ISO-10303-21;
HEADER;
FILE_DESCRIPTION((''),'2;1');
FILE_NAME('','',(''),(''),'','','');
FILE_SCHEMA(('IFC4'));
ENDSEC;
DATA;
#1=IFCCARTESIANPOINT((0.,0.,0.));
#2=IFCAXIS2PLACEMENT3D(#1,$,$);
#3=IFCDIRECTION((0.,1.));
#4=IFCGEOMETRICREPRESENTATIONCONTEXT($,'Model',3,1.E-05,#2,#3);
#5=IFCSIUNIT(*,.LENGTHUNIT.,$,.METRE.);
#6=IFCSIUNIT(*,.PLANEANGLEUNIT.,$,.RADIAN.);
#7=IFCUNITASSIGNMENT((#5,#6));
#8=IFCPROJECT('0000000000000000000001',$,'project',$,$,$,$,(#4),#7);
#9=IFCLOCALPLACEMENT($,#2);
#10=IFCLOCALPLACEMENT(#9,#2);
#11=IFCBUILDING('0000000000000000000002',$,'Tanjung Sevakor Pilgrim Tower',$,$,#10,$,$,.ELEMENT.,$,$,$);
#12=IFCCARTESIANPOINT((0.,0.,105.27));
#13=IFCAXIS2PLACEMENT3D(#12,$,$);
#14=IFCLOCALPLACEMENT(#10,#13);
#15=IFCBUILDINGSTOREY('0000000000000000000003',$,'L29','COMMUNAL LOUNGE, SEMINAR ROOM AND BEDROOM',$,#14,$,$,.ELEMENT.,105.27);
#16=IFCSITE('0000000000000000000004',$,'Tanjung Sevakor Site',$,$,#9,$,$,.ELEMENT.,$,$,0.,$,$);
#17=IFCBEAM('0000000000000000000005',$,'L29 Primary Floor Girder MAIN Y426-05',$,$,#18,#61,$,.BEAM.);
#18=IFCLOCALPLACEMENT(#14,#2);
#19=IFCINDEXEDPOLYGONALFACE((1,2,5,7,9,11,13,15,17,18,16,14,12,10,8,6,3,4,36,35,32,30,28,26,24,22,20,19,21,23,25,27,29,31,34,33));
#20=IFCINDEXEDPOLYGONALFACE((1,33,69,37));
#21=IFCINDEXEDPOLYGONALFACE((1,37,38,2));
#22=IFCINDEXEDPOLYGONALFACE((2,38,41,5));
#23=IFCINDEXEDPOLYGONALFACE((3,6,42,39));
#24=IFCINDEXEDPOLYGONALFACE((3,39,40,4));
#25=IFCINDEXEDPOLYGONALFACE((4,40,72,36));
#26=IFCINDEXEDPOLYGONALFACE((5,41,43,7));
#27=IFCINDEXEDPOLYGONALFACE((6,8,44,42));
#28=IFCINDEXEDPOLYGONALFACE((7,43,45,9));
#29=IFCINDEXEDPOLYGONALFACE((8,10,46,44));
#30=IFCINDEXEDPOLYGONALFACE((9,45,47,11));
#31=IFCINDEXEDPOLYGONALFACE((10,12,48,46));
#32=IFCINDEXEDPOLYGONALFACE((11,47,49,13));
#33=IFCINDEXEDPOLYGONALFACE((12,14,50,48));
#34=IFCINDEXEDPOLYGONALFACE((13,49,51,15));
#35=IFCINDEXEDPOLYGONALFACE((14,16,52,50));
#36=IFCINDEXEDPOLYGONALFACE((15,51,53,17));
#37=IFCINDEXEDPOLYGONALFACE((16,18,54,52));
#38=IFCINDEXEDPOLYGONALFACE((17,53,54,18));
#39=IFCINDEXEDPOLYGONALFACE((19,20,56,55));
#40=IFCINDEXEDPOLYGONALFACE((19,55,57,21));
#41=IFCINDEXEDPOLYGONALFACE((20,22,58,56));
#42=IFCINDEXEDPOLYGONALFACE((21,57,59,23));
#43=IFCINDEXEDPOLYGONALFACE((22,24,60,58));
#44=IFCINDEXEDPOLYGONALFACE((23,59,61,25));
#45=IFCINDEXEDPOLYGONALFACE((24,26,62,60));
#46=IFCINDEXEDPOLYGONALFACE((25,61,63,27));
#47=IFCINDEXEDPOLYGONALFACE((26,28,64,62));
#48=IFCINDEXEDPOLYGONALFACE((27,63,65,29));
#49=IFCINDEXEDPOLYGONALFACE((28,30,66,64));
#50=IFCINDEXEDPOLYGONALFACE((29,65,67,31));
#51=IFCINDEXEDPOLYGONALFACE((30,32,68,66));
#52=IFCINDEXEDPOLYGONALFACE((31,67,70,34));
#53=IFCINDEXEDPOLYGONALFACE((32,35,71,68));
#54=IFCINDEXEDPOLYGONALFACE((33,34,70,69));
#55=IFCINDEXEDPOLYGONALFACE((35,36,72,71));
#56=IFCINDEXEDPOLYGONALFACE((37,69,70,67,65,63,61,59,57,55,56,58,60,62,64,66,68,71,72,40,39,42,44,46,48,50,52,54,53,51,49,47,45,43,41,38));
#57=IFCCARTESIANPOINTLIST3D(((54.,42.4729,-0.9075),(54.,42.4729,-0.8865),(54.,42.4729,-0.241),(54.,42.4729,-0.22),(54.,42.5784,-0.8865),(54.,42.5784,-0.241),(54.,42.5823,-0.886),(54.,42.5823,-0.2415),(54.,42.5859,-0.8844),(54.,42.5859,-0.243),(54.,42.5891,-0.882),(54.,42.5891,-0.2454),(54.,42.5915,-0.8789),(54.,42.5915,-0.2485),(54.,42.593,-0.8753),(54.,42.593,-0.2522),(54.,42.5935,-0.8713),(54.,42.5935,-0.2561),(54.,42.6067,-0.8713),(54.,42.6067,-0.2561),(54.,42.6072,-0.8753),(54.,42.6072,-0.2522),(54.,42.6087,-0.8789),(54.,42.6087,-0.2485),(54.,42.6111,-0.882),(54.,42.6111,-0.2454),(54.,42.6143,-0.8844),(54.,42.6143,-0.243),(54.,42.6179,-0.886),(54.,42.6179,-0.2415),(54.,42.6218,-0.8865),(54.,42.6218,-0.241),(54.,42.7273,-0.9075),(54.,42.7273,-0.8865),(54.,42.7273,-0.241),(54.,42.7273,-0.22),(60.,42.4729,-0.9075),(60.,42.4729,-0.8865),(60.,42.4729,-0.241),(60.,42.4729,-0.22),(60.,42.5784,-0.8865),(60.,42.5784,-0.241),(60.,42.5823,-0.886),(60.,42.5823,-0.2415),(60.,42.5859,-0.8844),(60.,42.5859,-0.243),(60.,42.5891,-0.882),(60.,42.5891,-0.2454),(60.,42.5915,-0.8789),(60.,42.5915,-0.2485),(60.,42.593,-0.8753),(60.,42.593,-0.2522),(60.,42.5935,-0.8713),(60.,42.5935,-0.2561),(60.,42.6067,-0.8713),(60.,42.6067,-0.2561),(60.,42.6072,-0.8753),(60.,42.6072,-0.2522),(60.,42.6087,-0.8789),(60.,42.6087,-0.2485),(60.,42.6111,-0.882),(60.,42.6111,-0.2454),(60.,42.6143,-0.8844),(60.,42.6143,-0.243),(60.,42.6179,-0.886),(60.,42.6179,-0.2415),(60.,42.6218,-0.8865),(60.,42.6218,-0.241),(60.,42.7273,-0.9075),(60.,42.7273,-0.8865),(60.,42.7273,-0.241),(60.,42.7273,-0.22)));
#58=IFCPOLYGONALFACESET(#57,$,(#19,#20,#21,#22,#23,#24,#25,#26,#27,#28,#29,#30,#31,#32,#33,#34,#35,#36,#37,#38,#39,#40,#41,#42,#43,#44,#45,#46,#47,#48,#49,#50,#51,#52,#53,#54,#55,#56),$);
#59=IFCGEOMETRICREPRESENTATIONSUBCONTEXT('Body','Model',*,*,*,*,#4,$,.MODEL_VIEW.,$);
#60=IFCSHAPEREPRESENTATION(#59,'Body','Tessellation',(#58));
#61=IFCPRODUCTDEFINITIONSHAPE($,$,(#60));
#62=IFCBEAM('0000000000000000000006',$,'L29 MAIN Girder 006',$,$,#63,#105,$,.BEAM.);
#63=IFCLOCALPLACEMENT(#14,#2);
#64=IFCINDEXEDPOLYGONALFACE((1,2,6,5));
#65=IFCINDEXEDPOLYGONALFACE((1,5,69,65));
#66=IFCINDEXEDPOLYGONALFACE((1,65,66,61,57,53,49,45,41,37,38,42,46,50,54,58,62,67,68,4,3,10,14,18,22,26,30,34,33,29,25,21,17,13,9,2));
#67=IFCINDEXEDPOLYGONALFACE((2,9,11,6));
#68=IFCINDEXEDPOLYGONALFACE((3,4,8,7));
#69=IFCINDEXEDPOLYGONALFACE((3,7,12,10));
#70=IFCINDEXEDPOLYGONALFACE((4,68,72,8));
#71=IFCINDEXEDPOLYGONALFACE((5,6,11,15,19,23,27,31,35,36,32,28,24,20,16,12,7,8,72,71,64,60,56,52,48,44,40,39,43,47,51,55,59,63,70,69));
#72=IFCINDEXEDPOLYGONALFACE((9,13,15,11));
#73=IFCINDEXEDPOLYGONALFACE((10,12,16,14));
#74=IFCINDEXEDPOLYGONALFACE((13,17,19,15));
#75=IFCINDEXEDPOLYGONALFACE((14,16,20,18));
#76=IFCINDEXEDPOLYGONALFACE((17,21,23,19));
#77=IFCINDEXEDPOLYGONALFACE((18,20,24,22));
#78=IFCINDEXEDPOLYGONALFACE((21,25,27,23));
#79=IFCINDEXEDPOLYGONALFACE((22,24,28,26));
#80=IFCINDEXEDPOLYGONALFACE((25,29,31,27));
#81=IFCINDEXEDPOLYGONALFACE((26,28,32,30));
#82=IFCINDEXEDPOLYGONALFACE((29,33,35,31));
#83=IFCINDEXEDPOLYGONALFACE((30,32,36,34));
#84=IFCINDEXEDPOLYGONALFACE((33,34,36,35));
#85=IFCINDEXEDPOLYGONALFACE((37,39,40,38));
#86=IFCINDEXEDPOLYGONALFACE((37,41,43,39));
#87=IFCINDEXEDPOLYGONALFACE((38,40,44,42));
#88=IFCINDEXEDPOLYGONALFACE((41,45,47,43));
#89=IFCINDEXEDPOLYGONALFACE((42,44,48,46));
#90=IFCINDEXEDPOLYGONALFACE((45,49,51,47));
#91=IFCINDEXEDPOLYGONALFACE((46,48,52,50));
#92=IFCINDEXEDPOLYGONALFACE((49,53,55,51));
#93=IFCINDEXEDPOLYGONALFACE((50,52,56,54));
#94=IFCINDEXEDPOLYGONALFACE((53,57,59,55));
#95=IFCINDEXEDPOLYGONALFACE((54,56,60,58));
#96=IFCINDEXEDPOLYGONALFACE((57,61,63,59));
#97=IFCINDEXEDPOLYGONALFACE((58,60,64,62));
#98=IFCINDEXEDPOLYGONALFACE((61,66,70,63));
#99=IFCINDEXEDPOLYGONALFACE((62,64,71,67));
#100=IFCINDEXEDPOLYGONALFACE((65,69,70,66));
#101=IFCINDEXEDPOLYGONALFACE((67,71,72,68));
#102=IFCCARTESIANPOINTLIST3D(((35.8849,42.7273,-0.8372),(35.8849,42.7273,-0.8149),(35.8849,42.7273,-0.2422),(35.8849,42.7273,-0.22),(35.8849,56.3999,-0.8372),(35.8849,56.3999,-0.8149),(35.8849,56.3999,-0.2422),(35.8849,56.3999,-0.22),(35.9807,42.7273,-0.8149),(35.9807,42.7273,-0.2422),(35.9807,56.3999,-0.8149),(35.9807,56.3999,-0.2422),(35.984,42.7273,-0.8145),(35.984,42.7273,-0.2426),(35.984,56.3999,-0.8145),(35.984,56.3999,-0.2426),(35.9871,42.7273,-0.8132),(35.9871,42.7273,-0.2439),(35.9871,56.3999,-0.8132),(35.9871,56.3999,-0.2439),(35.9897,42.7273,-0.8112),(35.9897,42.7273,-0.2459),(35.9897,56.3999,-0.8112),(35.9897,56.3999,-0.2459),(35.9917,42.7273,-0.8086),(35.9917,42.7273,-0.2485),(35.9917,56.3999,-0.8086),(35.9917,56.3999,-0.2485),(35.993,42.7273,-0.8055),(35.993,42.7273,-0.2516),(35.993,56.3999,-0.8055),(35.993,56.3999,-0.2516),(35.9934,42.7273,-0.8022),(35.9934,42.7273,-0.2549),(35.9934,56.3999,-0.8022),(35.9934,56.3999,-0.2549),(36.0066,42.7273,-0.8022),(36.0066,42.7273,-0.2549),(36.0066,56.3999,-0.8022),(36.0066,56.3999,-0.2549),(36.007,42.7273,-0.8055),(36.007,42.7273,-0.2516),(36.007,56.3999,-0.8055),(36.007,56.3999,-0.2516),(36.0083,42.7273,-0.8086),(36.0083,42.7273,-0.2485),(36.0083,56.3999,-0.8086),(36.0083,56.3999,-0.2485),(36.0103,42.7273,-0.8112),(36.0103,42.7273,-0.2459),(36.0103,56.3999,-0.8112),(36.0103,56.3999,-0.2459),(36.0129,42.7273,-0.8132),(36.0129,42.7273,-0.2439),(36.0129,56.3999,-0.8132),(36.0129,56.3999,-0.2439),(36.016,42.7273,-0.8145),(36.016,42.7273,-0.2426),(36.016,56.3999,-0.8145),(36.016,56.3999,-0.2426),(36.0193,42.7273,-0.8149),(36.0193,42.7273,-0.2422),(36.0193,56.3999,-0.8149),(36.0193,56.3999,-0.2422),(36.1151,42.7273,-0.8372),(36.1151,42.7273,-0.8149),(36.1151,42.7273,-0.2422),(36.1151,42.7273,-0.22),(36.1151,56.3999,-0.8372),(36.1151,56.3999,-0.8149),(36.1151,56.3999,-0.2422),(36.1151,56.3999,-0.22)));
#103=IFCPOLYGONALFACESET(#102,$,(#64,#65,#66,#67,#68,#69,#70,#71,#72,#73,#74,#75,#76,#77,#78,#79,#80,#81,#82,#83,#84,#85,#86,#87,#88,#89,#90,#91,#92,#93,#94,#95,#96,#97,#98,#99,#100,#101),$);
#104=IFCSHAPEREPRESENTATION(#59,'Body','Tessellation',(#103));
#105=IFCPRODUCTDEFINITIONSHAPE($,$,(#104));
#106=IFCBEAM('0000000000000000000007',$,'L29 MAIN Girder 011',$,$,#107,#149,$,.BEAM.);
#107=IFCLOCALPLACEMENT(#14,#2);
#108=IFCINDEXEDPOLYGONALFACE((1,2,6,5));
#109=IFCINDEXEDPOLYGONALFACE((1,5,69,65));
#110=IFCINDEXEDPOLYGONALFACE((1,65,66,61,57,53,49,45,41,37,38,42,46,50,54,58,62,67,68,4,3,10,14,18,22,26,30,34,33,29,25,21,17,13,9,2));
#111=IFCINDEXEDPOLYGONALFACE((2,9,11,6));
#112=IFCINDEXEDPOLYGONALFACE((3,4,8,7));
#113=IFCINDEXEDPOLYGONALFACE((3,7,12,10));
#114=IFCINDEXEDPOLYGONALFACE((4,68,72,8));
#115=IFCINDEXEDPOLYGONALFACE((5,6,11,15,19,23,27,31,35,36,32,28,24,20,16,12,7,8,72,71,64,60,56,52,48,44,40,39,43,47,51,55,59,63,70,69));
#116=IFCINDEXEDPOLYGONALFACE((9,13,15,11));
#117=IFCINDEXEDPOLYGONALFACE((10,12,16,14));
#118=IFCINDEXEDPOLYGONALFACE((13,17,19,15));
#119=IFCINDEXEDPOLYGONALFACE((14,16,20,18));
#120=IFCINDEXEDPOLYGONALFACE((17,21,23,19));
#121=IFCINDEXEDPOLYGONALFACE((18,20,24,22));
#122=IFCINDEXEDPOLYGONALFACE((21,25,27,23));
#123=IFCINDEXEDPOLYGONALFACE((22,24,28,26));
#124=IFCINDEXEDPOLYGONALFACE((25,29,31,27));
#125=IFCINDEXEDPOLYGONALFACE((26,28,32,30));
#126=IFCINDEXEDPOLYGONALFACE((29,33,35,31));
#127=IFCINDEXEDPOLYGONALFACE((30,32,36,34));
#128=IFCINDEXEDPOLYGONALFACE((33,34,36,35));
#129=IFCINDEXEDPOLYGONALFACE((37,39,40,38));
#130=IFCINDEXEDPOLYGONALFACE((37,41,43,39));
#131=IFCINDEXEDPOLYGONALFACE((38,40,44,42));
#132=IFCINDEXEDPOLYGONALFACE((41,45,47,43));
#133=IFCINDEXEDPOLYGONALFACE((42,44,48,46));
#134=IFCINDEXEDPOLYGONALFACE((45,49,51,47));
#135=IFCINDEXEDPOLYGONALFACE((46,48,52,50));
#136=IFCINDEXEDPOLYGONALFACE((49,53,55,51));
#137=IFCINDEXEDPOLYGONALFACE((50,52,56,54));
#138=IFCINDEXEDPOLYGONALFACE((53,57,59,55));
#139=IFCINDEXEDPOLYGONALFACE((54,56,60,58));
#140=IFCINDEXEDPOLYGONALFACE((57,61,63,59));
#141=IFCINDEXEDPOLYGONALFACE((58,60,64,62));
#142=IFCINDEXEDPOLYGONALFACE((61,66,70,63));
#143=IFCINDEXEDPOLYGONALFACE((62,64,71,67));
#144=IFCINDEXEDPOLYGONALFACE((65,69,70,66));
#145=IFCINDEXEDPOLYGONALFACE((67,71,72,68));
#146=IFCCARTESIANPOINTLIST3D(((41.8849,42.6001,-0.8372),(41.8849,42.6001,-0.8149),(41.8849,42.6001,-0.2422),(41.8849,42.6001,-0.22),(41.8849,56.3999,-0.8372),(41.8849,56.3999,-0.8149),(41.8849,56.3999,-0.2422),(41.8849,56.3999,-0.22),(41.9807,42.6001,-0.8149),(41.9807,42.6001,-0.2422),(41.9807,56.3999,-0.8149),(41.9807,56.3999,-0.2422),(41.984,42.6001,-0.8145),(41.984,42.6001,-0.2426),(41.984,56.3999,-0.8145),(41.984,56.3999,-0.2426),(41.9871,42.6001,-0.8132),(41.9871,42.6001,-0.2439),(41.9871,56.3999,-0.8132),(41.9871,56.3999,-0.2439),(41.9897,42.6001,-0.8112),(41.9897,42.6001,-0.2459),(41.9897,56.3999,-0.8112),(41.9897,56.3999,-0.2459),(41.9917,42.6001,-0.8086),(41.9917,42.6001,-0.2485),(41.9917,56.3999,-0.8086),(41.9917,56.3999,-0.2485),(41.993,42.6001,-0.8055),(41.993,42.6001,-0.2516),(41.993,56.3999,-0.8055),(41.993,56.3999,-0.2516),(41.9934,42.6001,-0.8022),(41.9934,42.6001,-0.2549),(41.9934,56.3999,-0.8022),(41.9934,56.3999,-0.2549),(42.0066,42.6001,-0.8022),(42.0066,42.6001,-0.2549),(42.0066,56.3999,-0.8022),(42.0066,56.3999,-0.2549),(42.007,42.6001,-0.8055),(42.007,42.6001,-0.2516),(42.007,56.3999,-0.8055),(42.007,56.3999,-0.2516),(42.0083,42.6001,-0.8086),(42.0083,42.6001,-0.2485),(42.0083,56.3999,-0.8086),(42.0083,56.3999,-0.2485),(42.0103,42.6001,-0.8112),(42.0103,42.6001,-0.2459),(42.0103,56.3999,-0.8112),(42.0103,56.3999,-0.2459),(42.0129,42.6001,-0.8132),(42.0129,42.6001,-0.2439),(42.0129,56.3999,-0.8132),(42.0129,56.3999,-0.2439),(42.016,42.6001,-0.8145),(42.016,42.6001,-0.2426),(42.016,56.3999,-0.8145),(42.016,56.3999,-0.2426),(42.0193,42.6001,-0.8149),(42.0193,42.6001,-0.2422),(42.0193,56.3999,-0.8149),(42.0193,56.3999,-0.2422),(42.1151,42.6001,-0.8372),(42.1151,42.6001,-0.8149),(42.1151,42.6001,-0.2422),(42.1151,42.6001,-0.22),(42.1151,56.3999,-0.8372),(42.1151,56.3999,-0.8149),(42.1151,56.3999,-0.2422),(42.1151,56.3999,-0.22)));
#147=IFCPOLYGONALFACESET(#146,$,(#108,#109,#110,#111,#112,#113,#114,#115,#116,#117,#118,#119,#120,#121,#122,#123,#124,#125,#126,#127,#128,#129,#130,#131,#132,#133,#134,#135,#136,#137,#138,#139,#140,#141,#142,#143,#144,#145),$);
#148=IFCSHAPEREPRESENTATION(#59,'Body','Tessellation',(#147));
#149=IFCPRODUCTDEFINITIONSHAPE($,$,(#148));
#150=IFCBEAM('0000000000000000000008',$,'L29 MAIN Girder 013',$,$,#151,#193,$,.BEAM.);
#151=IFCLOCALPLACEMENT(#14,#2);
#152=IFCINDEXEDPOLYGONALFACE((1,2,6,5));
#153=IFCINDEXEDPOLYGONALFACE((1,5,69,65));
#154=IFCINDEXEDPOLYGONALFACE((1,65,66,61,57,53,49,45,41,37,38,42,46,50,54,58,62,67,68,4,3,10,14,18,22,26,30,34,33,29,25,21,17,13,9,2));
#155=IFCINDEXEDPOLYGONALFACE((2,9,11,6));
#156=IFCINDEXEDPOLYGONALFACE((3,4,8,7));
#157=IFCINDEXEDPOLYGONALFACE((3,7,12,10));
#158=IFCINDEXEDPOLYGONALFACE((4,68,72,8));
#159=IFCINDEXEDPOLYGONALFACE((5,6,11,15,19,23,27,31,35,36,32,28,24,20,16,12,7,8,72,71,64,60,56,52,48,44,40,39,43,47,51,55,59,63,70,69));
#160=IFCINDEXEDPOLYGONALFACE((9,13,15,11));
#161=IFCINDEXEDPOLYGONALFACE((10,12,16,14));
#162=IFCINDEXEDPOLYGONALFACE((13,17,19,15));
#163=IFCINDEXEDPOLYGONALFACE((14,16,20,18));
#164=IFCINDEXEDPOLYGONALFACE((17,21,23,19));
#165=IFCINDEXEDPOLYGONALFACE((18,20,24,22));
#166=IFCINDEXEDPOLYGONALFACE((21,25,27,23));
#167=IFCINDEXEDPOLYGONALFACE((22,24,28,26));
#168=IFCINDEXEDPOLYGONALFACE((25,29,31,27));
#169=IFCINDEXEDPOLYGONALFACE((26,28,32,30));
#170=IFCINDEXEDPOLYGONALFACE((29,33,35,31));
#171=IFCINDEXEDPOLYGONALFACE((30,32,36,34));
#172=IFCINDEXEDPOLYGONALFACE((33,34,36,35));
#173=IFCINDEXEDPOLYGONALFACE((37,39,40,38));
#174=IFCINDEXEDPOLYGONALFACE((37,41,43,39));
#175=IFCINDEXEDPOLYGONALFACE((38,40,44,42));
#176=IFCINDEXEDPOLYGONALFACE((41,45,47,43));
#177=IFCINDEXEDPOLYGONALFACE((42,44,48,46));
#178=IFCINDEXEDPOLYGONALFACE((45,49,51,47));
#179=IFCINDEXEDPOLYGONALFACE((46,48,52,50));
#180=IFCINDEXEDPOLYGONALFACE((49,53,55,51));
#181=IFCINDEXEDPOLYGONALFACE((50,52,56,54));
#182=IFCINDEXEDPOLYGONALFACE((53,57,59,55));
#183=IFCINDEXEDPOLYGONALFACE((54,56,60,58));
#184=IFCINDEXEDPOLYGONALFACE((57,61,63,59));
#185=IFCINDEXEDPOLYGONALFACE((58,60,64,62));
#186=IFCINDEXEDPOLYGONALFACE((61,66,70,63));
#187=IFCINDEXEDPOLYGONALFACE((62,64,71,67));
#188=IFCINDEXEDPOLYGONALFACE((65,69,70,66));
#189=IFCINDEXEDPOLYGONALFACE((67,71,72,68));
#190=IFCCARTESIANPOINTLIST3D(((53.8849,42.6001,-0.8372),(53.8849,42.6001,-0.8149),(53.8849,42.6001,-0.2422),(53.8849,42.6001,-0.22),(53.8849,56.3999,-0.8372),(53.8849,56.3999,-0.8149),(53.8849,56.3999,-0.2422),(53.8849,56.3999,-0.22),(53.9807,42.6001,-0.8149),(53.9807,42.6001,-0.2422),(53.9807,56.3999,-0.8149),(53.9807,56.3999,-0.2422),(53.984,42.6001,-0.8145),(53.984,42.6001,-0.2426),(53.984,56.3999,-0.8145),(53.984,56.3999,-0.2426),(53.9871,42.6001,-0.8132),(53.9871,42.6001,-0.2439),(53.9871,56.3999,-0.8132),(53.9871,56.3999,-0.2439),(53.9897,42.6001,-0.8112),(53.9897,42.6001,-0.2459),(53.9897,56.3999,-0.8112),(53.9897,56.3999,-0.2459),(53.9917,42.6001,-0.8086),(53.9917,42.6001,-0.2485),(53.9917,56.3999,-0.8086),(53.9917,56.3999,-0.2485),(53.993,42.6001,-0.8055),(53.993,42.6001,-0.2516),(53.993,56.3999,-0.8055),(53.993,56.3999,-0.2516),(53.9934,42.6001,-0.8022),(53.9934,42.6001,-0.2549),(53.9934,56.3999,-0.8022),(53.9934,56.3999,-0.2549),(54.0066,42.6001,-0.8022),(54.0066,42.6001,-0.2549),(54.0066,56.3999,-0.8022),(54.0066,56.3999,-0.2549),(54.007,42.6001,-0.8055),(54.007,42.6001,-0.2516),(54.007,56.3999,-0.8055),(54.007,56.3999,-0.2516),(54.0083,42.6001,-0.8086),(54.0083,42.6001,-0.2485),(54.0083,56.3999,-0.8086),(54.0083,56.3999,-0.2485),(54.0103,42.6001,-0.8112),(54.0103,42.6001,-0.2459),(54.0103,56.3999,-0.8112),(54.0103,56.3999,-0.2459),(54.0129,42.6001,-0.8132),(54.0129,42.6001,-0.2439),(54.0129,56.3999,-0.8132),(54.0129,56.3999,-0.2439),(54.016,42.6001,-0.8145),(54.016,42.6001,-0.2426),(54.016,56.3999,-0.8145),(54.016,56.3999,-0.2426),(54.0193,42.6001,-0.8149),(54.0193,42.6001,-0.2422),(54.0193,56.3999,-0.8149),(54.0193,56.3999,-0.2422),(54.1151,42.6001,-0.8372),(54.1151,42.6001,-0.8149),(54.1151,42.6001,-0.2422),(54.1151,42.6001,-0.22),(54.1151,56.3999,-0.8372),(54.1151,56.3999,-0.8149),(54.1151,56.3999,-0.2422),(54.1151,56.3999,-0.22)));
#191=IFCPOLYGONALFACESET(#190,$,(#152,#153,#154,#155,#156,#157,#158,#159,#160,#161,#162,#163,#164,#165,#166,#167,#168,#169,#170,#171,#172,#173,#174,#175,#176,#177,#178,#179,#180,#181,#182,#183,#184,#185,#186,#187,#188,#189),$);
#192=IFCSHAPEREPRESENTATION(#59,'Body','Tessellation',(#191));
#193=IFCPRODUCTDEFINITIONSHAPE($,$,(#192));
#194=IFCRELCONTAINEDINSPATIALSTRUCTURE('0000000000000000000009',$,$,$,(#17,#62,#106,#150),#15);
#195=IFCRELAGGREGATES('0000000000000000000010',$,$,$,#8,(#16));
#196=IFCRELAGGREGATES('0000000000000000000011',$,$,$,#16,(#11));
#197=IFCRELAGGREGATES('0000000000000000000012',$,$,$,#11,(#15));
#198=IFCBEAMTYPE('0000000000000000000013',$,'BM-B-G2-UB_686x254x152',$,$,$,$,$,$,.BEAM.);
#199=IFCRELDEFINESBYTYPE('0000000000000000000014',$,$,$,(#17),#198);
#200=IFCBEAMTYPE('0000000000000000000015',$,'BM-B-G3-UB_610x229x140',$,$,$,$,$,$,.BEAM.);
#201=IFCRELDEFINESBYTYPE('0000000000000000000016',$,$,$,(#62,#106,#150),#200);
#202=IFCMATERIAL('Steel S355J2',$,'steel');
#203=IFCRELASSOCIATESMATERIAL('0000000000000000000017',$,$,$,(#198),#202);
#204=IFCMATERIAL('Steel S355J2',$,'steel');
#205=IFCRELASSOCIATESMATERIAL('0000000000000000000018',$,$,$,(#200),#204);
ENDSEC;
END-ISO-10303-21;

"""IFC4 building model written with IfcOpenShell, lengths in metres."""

from ifc_helpers import new_model, si_unit, direction, frame, origin, origin_2d, place, context, subcontext, project, spatial, i_section, extrude, material, material_profile, profile_set, type_object, element, save


model = new_model("IFC4")

# Units and contexts
model_context = context("Model", 3, precision=1e-05, world=origin(), true_north=direction((0.0, 1.0)))
body_context = subcontext(model_context, "Body", "Model", "MODEL_VIEW")
ifc_project = project(units=[si_unit("LENGTHUNIT", "METRE"), si_unit("PLANEANGLEUNIT", "RADIAN")], contexts=[model_context])

# Site, building, storey
site_placement = place(None, origin())
site = spatial("IfcSite", under=ifc_project, at=site_placement, Name="Tanjung Sevakor Site", CompositionType="ELEMENT", RefElevation=0.0)
building_placement = place(site_placement, origin())
building = spatial("IfcBuilding", under=site, at=building_placement, Name="Tanjung Sevakor Pilgrim Tower", CompositionType="ELEMENT")
storey_placement = place(building_placement, frame((0.0, 0.0, 105.27)))
storey = spatial("IfcBuildingStorey", under=building, at=storey_placement, Name="L29", Description="COMMUNAL LOUNGE, SEMINAR ROOM AND BEDROOM", CompositionType="ELEMENT", Elevation=105.27)

# Beams
ifc_material_1 = material(Name="Steel S355J2", Category="steel")
ifc_material_profile_1 = material_profile(ifc_material_1, i_section(OverallWidth=0.2544, OverallDepth=0.6875, WebThickness=0.0132, FlangeThickness=0.021, FilletRadius=0.0151, at=origin_2d()))
ifc_profile_set_1 = profile_set([ifc_material_profile_1], Name="Steel S355J2")
beam_type_1 = type_object("IfcBeamType", Name="BM-B-G2-UB_686x254x152", PredefinedType="BEAM", material=ifc_profile_set_1)
for number, where, z_axis, x_axis, name in (
    (1, (54.0, 42.6001, -0.5637), (1.0, 0.0, 0.0), (0.0, 1.0, 0.0), "L29 Primary Floor Girder MAIN Y426-05"),
):
    element("IfcBeam", number, at=place(storey_placement, frame(where, z_axis=z_axis, x_axis=x_axis)), inside=storey, type_object=beam_type_1, Name=name, PredefinedType="BEAM", context=body_context, shape_type="SweptSolid", body=[
        extrude(i_section(OverallWidth=0.2544, OverallDepth=0.6875, WebThickness=0.0132, FlangeThickness=0.021, FilletRadius=0.0151, at=origin_2d()), origin(), (0.0, 0.0, 1.0), 6.0),
    ])
ifc_material_2 = material(Name="Steel S355J2", Category="steel")
ifc_material_profile_2 = material_profile(ifc_material_2, i_section(OverallWidth=0.2302, OverallDepth=0.6172, WebThickness=0.0132, FlangeThickness=0.0222, FilletRadius=0.0127, at=origin_2d()))
ifc_profile_set_2 = profile_set([ifc_material_profile_2], Name="Steel S355J2")
beam_type_2 = type_object("IfcBeamType", Name="BM-B-G3-UB_610x229x140", PredefinedType="BEAM", material=ifc_profile_set_2)
beam_1_placement = place(storey_placement, frame((36.0, 42.7273, -0.5286), z_axis=(0.0, 1.0, 0.0), x_axis=(-1.0, 0.0, 0.0)))
element("IfcBeam", 2, at=beam_1_placement, inside=storey, type_object=beam_type_2, Name="L29 MAIN Girder 006", PredefinedType="BEAM", context=body_context, shape_type="SweptSolid", body=[
    extrude(i_section(OverallWidth=0.2302, OverallDepth=0.6172, WebThickness=0.0132, FlangeThickness=0.0222, FilletRadius=0.0127, at=origin_2d()), origin(), (0.0, 0.0, 1.0), 13.6726),
])
for number, where, z_axis, x_axis, name in (
    (3, (42.0, 42.6001, -0.5286), (0.0, 1.0, 0.0), (-1.0, 0.0, 0.0), "L29 MAIN Girder 011"),
    (4, (54.0, 42.6001, -0.5286), (0.0, 1.0, 0.0), (-1.0, 0.0, 0.0), "L29 MAIN Girder 013"),
):
    element("IfcBeam", number, at=place(storey_placement, frame(where, z_axis=z_axis, x_axis=x_axis)), inside=storey, type_object=beam_type_2, Name=name, PredefinedType="BEAM", context=body_context, shape_type="SweptSolid", body=[
        extrude(i_section(OverallWidth=0.2302, OverallDepth=0.6172, WebThickness=0.0132, FlangeThickness=0.0222, FilletRadius=0.0127, at=origin_2d()), origin(), (0.0, 0.0, 1.0), 13.7998),
    ])

save(model, "model.ifc")
